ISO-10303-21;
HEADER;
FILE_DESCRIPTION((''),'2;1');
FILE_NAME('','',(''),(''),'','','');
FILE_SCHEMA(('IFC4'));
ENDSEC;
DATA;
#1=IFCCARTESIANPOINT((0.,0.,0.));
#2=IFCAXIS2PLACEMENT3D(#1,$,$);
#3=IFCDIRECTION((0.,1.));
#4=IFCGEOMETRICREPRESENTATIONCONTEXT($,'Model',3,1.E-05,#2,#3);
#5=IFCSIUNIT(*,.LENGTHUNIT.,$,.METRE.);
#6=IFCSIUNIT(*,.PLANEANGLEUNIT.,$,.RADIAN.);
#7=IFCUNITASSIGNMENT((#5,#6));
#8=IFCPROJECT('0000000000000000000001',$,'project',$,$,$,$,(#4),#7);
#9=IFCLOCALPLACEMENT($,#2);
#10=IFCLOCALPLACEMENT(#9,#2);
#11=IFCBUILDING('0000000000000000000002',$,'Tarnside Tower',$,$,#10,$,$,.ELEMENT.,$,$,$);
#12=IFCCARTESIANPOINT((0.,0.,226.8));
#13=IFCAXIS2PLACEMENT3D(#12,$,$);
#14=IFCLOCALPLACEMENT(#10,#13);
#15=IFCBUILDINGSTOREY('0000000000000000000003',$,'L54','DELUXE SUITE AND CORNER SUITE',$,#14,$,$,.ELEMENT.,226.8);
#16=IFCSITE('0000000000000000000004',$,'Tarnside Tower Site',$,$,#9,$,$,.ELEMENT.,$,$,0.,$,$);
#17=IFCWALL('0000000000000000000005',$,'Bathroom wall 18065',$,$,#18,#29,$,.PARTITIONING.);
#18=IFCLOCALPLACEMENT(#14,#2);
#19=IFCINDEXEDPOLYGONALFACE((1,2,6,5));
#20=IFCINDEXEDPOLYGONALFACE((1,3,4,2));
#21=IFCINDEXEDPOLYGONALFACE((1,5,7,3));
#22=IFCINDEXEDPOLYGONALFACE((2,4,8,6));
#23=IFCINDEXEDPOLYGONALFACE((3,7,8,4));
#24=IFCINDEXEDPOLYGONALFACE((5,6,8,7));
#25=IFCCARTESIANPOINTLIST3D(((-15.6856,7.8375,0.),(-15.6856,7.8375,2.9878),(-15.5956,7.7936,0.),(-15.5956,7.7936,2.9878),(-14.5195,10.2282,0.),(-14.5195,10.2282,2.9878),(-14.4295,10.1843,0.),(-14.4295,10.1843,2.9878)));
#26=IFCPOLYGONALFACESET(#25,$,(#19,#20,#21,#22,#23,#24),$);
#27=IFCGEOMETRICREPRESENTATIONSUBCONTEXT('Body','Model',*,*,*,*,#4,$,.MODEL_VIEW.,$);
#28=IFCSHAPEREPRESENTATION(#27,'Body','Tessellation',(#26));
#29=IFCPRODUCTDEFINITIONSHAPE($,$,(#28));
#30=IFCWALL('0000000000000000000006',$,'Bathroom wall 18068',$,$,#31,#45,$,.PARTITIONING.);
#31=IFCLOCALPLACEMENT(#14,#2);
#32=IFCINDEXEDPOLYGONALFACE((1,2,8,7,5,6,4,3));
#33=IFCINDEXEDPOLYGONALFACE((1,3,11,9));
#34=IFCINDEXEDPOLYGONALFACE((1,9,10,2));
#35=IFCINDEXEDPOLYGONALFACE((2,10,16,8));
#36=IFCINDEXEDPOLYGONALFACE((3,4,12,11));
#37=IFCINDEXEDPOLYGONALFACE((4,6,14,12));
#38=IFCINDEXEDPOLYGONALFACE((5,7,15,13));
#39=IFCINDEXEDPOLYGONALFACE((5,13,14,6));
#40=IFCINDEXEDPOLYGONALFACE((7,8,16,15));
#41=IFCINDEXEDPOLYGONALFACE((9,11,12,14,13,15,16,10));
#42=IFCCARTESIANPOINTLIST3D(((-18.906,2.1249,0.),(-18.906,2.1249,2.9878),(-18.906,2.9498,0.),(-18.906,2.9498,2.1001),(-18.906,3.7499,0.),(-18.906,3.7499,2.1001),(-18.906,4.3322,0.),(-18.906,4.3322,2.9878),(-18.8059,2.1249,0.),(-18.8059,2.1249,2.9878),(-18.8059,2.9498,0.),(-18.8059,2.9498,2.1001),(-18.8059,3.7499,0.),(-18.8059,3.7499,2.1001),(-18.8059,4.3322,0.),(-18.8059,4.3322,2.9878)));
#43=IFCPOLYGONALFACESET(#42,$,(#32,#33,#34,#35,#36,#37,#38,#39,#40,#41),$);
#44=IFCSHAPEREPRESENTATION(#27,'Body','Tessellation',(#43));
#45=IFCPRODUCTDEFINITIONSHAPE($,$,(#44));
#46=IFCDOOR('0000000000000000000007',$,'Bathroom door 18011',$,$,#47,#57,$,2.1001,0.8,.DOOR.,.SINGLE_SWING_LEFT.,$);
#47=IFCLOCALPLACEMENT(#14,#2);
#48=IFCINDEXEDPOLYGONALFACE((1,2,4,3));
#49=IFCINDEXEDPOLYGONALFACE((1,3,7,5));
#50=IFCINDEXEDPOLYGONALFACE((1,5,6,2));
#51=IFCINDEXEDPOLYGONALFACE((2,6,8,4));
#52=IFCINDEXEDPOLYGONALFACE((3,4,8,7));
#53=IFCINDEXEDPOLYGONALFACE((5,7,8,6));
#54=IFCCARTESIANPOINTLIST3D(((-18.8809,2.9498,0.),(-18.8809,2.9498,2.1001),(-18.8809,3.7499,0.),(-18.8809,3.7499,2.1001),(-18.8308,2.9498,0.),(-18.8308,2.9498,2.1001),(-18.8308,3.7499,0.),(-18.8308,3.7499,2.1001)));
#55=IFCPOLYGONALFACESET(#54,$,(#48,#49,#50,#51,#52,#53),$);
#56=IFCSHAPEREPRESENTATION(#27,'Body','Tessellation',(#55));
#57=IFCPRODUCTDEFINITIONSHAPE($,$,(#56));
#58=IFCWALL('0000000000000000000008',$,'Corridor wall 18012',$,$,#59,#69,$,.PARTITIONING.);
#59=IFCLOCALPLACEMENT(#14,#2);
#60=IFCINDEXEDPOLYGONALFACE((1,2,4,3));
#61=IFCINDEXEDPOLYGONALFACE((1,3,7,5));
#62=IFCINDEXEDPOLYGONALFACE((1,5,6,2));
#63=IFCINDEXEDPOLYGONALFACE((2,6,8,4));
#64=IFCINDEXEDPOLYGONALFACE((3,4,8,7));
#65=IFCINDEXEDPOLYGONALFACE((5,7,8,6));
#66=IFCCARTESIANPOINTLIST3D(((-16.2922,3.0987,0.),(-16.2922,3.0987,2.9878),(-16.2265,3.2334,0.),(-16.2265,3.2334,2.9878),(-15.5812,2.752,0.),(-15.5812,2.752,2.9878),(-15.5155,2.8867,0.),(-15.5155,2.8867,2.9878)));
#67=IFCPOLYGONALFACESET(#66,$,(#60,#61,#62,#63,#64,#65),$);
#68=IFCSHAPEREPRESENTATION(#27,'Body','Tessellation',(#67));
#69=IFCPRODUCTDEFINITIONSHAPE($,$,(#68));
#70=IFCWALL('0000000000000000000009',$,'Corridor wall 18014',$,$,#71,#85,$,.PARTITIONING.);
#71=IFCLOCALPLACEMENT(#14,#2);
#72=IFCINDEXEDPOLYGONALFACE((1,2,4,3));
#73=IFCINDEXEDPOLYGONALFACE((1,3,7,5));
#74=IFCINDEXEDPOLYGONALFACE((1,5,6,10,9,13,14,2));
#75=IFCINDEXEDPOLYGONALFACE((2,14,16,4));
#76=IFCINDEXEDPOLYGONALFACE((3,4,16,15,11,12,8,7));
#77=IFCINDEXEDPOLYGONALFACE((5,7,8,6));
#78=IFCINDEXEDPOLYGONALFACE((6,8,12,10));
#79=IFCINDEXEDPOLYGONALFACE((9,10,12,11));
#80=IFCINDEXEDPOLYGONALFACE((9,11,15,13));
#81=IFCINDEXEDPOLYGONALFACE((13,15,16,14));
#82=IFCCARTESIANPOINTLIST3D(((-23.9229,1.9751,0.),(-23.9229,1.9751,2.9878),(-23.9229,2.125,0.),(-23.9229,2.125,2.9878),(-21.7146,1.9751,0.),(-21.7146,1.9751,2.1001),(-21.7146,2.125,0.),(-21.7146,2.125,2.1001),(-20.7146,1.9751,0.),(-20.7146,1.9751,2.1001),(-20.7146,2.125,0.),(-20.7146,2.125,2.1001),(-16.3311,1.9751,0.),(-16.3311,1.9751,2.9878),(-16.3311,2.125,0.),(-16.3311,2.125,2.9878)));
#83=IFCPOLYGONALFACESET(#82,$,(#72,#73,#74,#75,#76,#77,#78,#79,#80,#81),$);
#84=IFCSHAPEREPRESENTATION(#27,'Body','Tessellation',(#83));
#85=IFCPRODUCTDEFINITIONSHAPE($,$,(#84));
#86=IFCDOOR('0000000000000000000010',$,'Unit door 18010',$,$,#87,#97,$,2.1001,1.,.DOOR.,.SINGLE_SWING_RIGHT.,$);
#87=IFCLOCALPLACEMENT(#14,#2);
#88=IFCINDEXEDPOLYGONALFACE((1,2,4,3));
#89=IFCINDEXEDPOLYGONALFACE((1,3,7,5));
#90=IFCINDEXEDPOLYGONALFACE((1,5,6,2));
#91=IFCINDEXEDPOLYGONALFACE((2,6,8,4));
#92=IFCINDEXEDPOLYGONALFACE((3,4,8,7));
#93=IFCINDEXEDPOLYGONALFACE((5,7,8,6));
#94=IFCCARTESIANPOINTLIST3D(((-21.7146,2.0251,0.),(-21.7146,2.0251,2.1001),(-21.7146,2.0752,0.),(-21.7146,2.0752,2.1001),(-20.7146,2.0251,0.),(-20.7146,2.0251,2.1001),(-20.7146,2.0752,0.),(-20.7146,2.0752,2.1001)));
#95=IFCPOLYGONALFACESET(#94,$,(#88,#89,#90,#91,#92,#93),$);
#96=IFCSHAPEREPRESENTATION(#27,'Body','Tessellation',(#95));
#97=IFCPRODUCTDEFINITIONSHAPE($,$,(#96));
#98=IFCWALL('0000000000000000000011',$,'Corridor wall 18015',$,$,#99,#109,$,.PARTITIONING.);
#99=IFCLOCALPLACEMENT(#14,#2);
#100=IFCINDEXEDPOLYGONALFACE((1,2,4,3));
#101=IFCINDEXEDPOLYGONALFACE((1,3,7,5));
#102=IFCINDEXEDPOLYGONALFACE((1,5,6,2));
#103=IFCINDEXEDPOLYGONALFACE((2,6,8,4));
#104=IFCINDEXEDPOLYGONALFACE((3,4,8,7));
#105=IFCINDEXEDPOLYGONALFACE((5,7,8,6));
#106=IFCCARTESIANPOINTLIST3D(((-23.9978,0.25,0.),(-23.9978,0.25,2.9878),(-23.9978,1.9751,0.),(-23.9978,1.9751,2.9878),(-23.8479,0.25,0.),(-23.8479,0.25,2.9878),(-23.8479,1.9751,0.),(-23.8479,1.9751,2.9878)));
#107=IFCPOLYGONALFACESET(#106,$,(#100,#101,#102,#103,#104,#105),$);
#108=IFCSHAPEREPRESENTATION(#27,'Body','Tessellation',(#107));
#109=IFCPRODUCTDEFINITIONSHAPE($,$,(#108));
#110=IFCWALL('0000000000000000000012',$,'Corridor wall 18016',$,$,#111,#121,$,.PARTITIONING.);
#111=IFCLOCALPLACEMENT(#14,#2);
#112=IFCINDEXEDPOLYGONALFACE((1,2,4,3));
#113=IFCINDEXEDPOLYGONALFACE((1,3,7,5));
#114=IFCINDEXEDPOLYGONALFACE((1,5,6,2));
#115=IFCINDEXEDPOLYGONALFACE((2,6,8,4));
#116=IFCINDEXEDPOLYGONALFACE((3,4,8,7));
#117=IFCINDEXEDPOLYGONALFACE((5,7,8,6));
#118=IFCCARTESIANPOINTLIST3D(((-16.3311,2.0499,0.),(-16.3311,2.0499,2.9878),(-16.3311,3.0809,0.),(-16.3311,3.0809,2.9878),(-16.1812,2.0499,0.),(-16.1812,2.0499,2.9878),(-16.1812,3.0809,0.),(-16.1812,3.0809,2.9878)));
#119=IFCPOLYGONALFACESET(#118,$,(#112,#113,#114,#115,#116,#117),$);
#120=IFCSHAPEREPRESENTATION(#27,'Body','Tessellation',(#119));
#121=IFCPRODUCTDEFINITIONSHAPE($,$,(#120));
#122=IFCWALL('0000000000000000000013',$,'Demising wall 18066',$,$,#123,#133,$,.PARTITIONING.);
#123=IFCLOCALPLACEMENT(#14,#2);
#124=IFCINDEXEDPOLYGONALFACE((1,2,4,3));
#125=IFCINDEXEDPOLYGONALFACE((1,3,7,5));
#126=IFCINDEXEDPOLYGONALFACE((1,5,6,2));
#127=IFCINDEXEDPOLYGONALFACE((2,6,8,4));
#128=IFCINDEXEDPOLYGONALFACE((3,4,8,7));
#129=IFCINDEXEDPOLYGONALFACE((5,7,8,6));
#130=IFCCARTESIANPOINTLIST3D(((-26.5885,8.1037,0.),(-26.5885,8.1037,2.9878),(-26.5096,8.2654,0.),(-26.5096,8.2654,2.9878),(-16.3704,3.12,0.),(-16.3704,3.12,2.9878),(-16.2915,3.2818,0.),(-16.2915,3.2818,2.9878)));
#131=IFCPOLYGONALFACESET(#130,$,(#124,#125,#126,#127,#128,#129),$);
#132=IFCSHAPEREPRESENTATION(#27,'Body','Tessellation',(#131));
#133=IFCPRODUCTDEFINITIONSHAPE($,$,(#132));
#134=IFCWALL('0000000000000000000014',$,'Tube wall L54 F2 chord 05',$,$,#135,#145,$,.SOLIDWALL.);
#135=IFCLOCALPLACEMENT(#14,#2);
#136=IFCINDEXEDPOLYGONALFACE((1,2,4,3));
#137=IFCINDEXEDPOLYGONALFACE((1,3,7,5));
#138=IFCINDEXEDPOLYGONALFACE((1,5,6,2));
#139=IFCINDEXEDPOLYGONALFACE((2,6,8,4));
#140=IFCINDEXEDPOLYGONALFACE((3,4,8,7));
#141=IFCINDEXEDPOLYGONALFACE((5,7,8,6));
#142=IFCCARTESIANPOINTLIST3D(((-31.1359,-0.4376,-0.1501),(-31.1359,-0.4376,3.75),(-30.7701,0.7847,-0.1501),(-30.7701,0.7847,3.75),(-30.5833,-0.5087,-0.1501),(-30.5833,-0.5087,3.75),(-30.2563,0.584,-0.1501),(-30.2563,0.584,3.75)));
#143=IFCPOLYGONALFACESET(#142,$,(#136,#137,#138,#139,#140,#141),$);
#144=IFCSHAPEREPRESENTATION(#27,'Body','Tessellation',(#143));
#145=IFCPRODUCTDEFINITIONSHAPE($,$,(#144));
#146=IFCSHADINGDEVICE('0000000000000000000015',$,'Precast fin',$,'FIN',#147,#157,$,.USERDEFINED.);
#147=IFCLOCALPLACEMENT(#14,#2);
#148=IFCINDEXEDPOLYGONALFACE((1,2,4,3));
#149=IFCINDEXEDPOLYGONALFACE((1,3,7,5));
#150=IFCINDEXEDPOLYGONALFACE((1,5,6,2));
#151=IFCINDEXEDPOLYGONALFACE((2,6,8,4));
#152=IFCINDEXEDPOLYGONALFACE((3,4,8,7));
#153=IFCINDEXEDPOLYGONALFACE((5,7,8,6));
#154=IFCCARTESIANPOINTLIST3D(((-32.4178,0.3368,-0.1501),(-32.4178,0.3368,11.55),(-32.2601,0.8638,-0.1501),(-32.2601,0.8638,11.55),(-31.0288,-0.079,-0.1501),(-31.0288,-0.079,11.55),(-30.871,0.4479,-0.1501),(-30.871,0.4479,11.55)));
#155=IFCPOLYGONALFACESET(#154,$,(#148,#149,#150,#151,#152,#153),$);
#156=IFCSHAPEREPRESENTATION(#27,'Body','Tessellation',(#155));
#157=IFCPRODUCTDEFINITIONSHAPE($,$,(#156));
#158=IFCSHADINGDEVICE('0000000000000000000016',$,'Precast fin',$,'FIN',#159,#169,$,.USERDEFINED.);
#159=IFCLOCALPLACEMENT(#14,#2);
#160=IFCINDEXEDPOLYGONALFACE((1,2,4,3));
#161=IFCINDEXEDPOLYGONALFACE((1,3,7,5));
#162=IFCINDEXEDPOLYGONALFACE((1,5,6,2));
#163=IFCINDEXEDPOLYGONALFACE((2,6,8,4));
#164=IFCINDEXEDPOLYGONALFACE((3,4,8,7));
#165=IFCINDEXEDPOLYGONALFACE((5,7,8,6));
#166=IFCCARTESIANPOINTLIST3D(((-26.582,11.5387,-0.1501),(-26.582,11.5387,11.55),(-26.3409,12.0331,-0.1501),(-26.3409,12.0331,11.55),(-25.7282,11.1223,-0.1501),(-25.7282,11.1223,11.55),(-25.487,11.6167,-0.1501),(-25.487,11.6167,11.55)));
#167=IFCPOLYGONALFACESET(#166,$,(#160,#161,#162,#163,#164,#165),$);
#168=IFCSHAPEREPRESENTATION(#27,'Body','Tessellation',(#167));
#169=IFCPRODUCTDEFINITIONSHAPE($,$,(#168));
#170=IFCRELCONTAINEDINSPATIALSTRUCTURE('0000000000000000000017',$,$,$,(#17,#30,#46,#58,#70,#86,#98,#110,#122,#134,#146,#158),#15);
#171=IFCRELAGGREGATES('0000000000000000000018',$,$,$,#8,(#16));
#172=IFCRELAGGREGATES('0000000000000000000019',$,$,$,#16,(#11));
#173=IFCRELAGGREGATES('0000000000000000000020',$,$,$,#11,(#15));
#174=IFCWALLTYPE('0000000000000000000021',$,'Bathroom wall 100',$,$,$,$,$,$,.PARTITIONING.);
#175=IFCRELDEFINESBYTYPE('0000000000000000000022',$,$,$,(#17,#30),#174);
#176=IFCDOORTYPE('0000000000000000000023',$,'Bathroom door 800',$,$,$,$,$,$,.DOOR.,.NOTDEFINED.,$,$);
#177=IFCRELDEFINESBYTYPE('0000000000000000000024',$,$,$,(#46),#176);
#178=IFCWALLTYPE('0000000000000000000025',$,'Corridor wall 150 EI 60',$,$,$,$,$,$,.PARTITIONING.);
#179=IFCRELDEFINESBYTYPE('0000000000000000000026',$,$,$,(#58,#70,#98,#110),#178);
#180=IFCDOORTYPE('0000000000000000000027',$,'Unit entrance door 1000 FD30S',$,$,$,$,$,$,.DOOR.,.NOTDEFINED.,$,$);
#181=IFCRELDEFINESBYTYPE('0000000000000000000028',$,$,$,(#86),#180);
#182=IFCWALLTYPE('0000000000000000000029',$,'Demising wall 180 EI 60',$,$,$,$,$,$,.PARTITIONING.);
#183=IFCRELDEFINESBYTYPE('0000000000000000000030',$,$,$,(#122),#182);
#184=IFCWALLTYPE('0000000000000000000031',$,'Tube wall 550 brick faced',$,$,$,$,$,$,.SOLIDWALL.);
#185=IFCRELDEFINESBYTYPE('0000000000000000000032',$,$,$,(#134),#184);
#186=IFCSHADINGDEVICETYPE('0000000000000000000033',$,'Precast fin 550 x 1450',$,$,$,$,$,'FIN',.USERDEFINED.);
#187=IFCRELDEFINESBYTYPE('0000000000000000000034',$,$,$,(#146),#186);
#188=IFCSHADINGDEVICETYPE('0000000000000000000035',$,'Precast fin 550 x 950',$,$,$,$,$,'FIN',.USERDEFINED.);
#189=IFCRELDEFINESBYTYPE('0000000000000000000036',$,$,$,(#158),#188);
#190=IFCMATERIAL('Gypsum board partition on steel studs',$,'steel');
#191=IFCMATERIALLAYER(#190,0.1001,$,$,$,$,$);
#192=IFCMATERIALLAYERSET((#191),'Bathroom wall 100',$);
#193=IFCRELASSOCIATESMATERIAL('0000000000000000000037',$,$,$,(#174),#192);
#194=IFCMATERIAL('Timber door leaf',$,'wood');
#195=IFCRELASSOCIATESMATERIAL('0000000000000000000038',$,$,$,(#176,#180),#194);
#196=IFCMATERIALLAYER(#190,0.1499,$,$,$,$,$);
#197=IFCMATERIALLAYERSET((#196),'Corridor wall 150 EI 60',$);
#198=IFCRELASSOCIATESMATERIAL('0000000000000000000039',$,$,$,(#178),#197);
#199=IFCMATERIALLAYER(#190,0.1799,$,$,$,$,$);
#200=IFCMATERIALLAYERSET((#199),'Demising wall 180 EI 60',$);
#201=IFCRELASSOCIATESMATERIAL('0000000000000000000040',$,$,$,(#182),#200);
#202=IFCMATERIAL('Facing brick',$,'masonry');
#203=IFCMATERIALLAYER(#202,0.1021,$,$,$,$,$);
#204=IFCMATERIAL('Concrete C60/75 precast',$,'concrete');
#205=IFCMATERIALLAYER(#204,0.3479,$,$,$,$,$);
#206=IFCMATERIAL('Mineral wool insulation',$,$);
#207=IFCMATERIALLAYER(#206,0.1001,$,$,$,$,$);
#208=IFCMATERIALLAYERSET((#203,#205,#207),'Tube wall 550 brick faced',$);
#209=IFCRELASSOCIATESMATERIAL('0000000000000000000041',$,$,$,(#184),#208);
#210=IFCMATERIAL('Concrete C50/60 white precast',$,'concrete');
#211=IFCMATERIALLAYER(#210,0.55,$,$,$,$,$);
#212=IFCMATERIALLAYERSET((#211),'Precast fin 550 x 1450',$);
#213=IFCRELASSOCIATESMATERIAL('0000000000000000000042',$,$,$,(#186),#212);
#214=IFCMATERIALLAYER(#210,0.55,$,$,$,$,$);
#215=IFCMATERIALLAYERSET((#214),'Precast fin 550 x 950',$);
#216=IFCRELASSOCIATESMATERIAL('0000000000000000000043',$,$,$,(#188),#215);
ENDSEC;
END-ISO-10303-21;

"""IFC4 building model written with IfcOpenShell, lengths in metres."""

from ifc_helpers import new_model, si_unit, direction, frame, frame_2d, origin, place, context, subcontext, project, spatial, polyline, rectangle, outline, extrude, material, layer, layer_set, type_object, element, fill, save


model = new_model("IFC4")

# Units and contexts
model_context = context("Model", 3, precision=1e-05, world=origin(), true_north=direction((0.0, 1.0)))
body_context = subcontext(model_context, "Body", "Model", "MODEL_VIEW")
ifc_project = project(units=[si_unit("LENGTHUNIT", "METRE"), si_unit("PLANEANGLEUNIT", "RADIAN")], contexts=[model_context])

# Site, building, storey
site_placement = place(None, origin())
site = spatial("IfcSite", under=ifc_project, at=site_placement, Name="Tarnside Tower Site", CompositionType="ELEMENT", RefElevation=0.0)
building_placement = place(site_placement, origin())
building = spatial("IfcBuilding", under=site, at=building_placement, Name="Tarnside Tower", CompositionType="ELEMENT")
storey_placement = place(building_placement, frame((0.0, 0.0, 226.8)))
storey = spatial("IfcBuildingStorey", under=building, at=storey_placement, Name="L54", Description="DELUXE SUITE AND CORNER SUITE", CompositionType="ELEMENT", Elevation=226.8)

# Wall
ifc_material_1 = material(Name="Gypsum board partition on steel studs", Category="steel")
ifc_layer_1 = layer(ifc_material_1, 0.1001)
ifc_layer_set_1 = layer_set([ifc_layer_1], Name="Bathroom wall 100")
wall_type_1 = type_object("IfcWallType", Name="Bathroom wall 100", PredefinedType="PARTITIONING", material=ifc_layer_set_1)
wall_1_placement = place(storey_placement, frame((-15.6406, 7.8154, 0.0), z_axis=(0.0, 0.0, 1.0), x_axis=(0.43838, 0.89879, 0.0)))
element("IfcWall", 1, at=wall_1_placement, inside=storey, type_object=wall_type_1, Name="Bathroom wall 18065", PredefinedType="PARTITIONING", context=body_context, shape_type="SweptSolid", body=[
    extrude(rectangle(XDim=2.6599, YDim=0.1001, at=frame_2d((1.3301, 0.0))), origin(), (0.0, 0.0, 1.0), 2.9878),
])

# Wall, opening, door
wall_2_placement = place(storey_placement, frame((-18.856, 2.125, 0.0), z_axis=(0.0, 0.0, 1.0), x_axis=(0.0, 1.0, 0.0)))
wall_2 = element("IfcWall", 2, at=wall_2_placement, inside=storey, type_object=wall_type_1, Name="Bathroom wall 18068", PredefinedType="PARTITIONING", context=body_context, shape_type="SweptSolid", body=[
    extrude(rectangle(XDim=2.2073, YDim=0.1001, at=frame_2d((1.1035, 0.0))), origin(), (0.0, 0.0, 1.0), 2.9878),
])
opening_1_placement = place(wall_2_placement, frame((0.825, 0.0, 0.0)))
opening_1 = element("IfcOpeningElement", 3, at=opening_1_placement, cuts=wall_2, PredefinedType="OPENING", context=body_context, shape_type="SweptSolid", body=[
    extrude(rectangle(XDim=0.8, YDim=2.1001, at=frame_2d((0.3999, 1.05))), frame((0.0, 0.0601, 0.0), z_axis=(0.0, -1.0, 0.0), x_axis=(1.0, 0.0, 0.0)), (0.0, 0.0, 1.0), 0.1201),
])
ifc_material_2 = material(Name="Timber door leaf", Category="wood")
door_type_1 = type_object("IfcDoorType", Name="Bathroom door 800", OperationType="NOTDEFINED", PredefinedType="DOOR", material=ifc_material_2)
door_1_placement = place(opening_1_placement, origin())
door_1 = element("IfcDoor", 4, at=door_1_placement, inside=storey, type_object=door_type_1, Name="Bathroom door 18011", OperationType="SINGLE_SWING_LEFT", OverallHeight=2.1001, OverallWidth=0.8, PredefinedType="DOOR", context=body_context, shape_type="SweptSolid", body=[
    extrude(rectangle(XDim=0.8, YDim=2.1001, at=frame_2d((0.3999, 1.05))), frame((0.0, 0.0249, 0.0), z_axis=(0.0, -1.0, 0.0), x_axis=(1.0, 0.0, 0.0)), (0.0, 0.0, 1.0), 0.05),
])
fill(opening_1, door_1)

# Wall
ifc_layer_2 = layer(ifc_material_1, 0.1499)
ifc_layer_set_2 = layer_set([ifc_layer_2], Name="Corridor wall 150 EI 60")
wall_type_2 = type_object("IfcWallType", Name="Corridor wall 150 EI 60", PredefinedType="PARTITIONING", material=ifc_layer_set_2)
wall_3_placement = place(storey_placement, frame((-15.5483, 2.8193, 0.0), z_axis=(0.0, 0.0, 1.0), x_axis=(-0.898828, 0.438302, 0.0)))
element("IfcWall", 5, at=wall_3_placement, inside=storey, type_object=wall_type_2, Name="Corridor wall 18012", PredefinedType="PARTITIONING", context=body_context, shape_type="SweptSolid", body=[
    extrude(rectangle(XDim=0.791, YDim=0.1499, at=frame_2d((0.3955, 0.0))), origin(), (0.0, 0.0, 1.0), 2.9878),
])

# Wall, opening, door
wall_4_placement = place(storey_placement, frame((-16.3311, 2.05, 0.0), z_axis=(0.0, 0.0, 1.0), x_axis=(-1.0, 0.0, 0.0)))
wall_4 = element("IfcWall", 6, at=wall_4_placement, inside=storey, type_object=wall_type_2, Name="Corridor wall 18014", PredefinedType="PARTITIONING", context=body_context, shape_type="SweptSolid", body=[
    extrude(rectangle(XDim=7.5918, YDim=0.1499, at=frame_2d((3.7959, 0.0))), origin(), (0.0, 0.0, 1.0), 2.9878),
])
opening_2_placement = place(wall_4_placement, frame((4.3835, 0.0, 0.0)))
opening_2 = element("IfcOpeningElement", 7, at=opening_2_placement, cuts=wall_4, PredefinedType="OPENING", context=body_context, shape_type="SweptSolid", body=[
    extrude(rectangle(XDim=1.0, YDim=2.1001, at=frame_2d((0.5, 1.05))), frame((0.0, 0.085, 0.0), z_axis=(0.0, -1.0, 0.0), x_axis=(1.0, 0.0, 0.0)), (0.0, 0.0, 1.0), 0.1699),
])
door_type_2 = type_object("IfcDoorType", Name="Unit entrance door 1000 FD30S", OperationType="NOTDEFINED", PredefinedType="DOOR", material=ifc_material_2)
door_2_placement = place(opening_2_placement, origin())
door_2 = element("IfcDoor", 8, at=door_2_placement, inside=storey, type_object=door_type_2, Name="Unit door 18010", OperationType="SINGLE_SWING_RIGHT", OverallHeight=2.1001, OverallWidth=1.0, PredefinedType="DOOR", context=body_context, shape_type="SweptSolid", body=[
    extrude(rectangle(XDim=1.0, YDim=2.1001, at=frame_2d((0.5, 1.05))), frame((0.0, 0.0249, 0.0), z_axis=(0.0, -1.0, 0.0), x_axis=(1.0, 0.0, 0.0)), (0.0, 0.0, 1.0), 0.05),
])
fill(opening_2, door_2)

# Walls
wall_5_placement = place(storey_placement, frame((-23.9229, 1.9751, 0.0), z_axis=(0.0, 0.0, 1.0), x_axis=(0.0, -1.0, 0.0)))
element("IfcWall", 9, at=wall_5_placement, inside=storey, type_object=wall_type_2, Name="Corridor wall 18015", PredefinedType="PARTITIONING", context=body_context, shape_type="SweptSolid", body=[
    extrude(rectangle(XDim=1.7251, YDim=0.1499, at=frame_2d((0.8625, 0.0))), origin(), (0.0, 0.0, 1.0), 2.9878),
])
wall_6_placement = place(storey_placement, frame((-16.2561, 3.0811, 0.0), z_axis=(0.0, 0.0, 1.0), x_axis=(0.0, -1.0, 0.0)))
element("IfcWall", 10, at=wall_6_placement, inside=storey, type_object=wall_type_2, Name="Corridor wall 18016", PredefinedType="PARTITIONING", context=body_context, shape_type="SweptSolid", body=[
    extrude(rectangle(XDim=1.031, YDim=0.1499, at=frame_2d((0.5156, 0.0))), origin(), (0.0, 0.0, 1.0), 2.9878),
])
ifc_layer_3 = layer(ifc_material_1, 0.1799)
ifc_layer_set_3 = layer_set([ifc_layer_3], Name="Demising wall 180 EI 60")
wall_type_3 = type_object("IfcWallType", Name="Demising wall 180 EI 60", PredefinedType="PARTITIONING", material=ifc_layer_set_3)
wall_7_placement = place(storey_placement, frame((-26.5491, 8.1846, 0.0), z_axis=(0.0, 0.0, 1.0), x_axis=(0.898795, -0.43837, 0.0)))
element("IfcWall", 11, at=wall_7_placement, inside=storey, type_object=wall_type_3, Name="Demising wall 18066", PredefinedType="PARTITIONING", context=body_context, shape_type="SweptSolid", body=[
    extrude(rectangle(XDim=11.3687, YDim=0.1799, at=frame_2d((5.6843, 0.0))), origin(), (0.0, 0.0, 1.0), 2.9878),
])
ifc_material_3 = material(Name="Facing brick", Category="masonry")
ifc_layer_4 = layer(ifc_material_3, 0.1021)
ifc_material_4 = material(Name="Concrete C60/75 precast", Category="concrete")
ifc_layer_5 = layer(ifc_material_4, 0.3479)
ifc_material_5 = material(Name="Mineral wool insulation")
ifc_layer_6 = layer(ifc_material_5, 0.1001)
ifc_layer_set_4 = layer_set([ifc_layer_4, ifc_layer_5, ifc_layer_6], Name="Tube wall 550 brick faced")
wall_type_4 = type_object("IfcWallType", Name="Tube wall 550 brick faced", PredefinedType="SOLIDWALL", material=ifc_layer_set_4)
wall_8_placement = place(storey_placement, frame((-30.5132, 0.6843, -0.1501), z_axis=(0.0, 0.0, 1.0), x_axis=(-0.286736, -0.95801, 0.0)))
element("IfcWall", 12, at=wall_8_placement, inside=storey, type_object=wall_type_4, Name="Tube wall L54 F2 chord 05", PredefinedType="SOLIDWALL", context=body_context, shape_type="SweptSolid", body=[
    extrude(outline(polyline([(-0.0225, -0.2749), (1.2534, -0.2749), (1.1631, 0.2749), (0.0225, 0.2749), (-0.0225, -0.2749)])), origin(), (0.0, 0.0, 1.0), 3.9001),
])

# Shading devices
ifc_material_6 = material(Name="Concrete C50/60 white precast", Category="concrete")
ifc_layer_7 = layer(ifc_material_6, 0.55)
ifc_layer_set_5 = layer_set([ifc_layer_7], Name="Precast fin 550 x 1450")
shading_device_type_1 = type_object("IfcShadingDeviceType", Name="Precast fin 550 x 1450", ElementType="FIN", PredefinedType="USERDEFINED", material=ifc_layer_set_5)
shading_device_placement = place(storey_placement, frame((-30.95, 0.1843, -0.1501), z_axis=(0.286803, 0.95799, 0.0), x_axis=(-0.95799, 0.286803, 0.0)))
element("IfcShadingDevice", 13, at=shading_device_placement, inside=storey, type_object=shading_device_type_1, Name="Precast fin", ObjectType="FIN", PredefinedType="USERDEFINED", context=body_context, shape_type="SweptSolid", body=[
    extrude(outline(polyline([(0.0, 0.0), (1.45, 0.0), (1.45, 11.7002), (0.0, 11.7002), (0.0, 0.0)])), frame((0.0, 0.0, -0.2749)), (0.0, 0.0, 1.0), 0.55),
])
ifc_layer_8 = layer(ifc_material_6, 0.55)
ifc_layer_set_6 = layer_set([ifc_layer_8], Name="Precast fin 550 x 950")
shading_device_type_2 = type_object("IfcShadingDeviceType", Name="Precast fin 550 x 950", ElementType="FIN", PredefinedType="USERDEFINED", material=ifc_layer_set_6)
for number, where, z_axis, x_axis, name in (
    (14, (-25.6077, 11.3694, -0.1501), (0.438371, 0.898794, 0.0), (-0.898794, 0.438371, 0.0), "Precast fin"),
):
    element("IfcShadingDevice", number, at=place(storey_placement, frame(where, z_axis=z_axis, x_axis=x_axis)), inside=storey, type_object=shading_device_type_2, Name=name, ObjectType="FIN", PredefinedType="USERDEFINED", context=body_context, shape_type="SweptSolid", body=[
        extrude(outline(polyline([(0.0, 0.0), (0.95, 0.0), (0.95, 11.7002), (0.0, 11.7002), (0.0, 0.0)])), frame((0.0, 0.0, -0.2749)), (0.0, 0.0, 1.0), 0.55),
    ])

save(model, "model.ifc")
